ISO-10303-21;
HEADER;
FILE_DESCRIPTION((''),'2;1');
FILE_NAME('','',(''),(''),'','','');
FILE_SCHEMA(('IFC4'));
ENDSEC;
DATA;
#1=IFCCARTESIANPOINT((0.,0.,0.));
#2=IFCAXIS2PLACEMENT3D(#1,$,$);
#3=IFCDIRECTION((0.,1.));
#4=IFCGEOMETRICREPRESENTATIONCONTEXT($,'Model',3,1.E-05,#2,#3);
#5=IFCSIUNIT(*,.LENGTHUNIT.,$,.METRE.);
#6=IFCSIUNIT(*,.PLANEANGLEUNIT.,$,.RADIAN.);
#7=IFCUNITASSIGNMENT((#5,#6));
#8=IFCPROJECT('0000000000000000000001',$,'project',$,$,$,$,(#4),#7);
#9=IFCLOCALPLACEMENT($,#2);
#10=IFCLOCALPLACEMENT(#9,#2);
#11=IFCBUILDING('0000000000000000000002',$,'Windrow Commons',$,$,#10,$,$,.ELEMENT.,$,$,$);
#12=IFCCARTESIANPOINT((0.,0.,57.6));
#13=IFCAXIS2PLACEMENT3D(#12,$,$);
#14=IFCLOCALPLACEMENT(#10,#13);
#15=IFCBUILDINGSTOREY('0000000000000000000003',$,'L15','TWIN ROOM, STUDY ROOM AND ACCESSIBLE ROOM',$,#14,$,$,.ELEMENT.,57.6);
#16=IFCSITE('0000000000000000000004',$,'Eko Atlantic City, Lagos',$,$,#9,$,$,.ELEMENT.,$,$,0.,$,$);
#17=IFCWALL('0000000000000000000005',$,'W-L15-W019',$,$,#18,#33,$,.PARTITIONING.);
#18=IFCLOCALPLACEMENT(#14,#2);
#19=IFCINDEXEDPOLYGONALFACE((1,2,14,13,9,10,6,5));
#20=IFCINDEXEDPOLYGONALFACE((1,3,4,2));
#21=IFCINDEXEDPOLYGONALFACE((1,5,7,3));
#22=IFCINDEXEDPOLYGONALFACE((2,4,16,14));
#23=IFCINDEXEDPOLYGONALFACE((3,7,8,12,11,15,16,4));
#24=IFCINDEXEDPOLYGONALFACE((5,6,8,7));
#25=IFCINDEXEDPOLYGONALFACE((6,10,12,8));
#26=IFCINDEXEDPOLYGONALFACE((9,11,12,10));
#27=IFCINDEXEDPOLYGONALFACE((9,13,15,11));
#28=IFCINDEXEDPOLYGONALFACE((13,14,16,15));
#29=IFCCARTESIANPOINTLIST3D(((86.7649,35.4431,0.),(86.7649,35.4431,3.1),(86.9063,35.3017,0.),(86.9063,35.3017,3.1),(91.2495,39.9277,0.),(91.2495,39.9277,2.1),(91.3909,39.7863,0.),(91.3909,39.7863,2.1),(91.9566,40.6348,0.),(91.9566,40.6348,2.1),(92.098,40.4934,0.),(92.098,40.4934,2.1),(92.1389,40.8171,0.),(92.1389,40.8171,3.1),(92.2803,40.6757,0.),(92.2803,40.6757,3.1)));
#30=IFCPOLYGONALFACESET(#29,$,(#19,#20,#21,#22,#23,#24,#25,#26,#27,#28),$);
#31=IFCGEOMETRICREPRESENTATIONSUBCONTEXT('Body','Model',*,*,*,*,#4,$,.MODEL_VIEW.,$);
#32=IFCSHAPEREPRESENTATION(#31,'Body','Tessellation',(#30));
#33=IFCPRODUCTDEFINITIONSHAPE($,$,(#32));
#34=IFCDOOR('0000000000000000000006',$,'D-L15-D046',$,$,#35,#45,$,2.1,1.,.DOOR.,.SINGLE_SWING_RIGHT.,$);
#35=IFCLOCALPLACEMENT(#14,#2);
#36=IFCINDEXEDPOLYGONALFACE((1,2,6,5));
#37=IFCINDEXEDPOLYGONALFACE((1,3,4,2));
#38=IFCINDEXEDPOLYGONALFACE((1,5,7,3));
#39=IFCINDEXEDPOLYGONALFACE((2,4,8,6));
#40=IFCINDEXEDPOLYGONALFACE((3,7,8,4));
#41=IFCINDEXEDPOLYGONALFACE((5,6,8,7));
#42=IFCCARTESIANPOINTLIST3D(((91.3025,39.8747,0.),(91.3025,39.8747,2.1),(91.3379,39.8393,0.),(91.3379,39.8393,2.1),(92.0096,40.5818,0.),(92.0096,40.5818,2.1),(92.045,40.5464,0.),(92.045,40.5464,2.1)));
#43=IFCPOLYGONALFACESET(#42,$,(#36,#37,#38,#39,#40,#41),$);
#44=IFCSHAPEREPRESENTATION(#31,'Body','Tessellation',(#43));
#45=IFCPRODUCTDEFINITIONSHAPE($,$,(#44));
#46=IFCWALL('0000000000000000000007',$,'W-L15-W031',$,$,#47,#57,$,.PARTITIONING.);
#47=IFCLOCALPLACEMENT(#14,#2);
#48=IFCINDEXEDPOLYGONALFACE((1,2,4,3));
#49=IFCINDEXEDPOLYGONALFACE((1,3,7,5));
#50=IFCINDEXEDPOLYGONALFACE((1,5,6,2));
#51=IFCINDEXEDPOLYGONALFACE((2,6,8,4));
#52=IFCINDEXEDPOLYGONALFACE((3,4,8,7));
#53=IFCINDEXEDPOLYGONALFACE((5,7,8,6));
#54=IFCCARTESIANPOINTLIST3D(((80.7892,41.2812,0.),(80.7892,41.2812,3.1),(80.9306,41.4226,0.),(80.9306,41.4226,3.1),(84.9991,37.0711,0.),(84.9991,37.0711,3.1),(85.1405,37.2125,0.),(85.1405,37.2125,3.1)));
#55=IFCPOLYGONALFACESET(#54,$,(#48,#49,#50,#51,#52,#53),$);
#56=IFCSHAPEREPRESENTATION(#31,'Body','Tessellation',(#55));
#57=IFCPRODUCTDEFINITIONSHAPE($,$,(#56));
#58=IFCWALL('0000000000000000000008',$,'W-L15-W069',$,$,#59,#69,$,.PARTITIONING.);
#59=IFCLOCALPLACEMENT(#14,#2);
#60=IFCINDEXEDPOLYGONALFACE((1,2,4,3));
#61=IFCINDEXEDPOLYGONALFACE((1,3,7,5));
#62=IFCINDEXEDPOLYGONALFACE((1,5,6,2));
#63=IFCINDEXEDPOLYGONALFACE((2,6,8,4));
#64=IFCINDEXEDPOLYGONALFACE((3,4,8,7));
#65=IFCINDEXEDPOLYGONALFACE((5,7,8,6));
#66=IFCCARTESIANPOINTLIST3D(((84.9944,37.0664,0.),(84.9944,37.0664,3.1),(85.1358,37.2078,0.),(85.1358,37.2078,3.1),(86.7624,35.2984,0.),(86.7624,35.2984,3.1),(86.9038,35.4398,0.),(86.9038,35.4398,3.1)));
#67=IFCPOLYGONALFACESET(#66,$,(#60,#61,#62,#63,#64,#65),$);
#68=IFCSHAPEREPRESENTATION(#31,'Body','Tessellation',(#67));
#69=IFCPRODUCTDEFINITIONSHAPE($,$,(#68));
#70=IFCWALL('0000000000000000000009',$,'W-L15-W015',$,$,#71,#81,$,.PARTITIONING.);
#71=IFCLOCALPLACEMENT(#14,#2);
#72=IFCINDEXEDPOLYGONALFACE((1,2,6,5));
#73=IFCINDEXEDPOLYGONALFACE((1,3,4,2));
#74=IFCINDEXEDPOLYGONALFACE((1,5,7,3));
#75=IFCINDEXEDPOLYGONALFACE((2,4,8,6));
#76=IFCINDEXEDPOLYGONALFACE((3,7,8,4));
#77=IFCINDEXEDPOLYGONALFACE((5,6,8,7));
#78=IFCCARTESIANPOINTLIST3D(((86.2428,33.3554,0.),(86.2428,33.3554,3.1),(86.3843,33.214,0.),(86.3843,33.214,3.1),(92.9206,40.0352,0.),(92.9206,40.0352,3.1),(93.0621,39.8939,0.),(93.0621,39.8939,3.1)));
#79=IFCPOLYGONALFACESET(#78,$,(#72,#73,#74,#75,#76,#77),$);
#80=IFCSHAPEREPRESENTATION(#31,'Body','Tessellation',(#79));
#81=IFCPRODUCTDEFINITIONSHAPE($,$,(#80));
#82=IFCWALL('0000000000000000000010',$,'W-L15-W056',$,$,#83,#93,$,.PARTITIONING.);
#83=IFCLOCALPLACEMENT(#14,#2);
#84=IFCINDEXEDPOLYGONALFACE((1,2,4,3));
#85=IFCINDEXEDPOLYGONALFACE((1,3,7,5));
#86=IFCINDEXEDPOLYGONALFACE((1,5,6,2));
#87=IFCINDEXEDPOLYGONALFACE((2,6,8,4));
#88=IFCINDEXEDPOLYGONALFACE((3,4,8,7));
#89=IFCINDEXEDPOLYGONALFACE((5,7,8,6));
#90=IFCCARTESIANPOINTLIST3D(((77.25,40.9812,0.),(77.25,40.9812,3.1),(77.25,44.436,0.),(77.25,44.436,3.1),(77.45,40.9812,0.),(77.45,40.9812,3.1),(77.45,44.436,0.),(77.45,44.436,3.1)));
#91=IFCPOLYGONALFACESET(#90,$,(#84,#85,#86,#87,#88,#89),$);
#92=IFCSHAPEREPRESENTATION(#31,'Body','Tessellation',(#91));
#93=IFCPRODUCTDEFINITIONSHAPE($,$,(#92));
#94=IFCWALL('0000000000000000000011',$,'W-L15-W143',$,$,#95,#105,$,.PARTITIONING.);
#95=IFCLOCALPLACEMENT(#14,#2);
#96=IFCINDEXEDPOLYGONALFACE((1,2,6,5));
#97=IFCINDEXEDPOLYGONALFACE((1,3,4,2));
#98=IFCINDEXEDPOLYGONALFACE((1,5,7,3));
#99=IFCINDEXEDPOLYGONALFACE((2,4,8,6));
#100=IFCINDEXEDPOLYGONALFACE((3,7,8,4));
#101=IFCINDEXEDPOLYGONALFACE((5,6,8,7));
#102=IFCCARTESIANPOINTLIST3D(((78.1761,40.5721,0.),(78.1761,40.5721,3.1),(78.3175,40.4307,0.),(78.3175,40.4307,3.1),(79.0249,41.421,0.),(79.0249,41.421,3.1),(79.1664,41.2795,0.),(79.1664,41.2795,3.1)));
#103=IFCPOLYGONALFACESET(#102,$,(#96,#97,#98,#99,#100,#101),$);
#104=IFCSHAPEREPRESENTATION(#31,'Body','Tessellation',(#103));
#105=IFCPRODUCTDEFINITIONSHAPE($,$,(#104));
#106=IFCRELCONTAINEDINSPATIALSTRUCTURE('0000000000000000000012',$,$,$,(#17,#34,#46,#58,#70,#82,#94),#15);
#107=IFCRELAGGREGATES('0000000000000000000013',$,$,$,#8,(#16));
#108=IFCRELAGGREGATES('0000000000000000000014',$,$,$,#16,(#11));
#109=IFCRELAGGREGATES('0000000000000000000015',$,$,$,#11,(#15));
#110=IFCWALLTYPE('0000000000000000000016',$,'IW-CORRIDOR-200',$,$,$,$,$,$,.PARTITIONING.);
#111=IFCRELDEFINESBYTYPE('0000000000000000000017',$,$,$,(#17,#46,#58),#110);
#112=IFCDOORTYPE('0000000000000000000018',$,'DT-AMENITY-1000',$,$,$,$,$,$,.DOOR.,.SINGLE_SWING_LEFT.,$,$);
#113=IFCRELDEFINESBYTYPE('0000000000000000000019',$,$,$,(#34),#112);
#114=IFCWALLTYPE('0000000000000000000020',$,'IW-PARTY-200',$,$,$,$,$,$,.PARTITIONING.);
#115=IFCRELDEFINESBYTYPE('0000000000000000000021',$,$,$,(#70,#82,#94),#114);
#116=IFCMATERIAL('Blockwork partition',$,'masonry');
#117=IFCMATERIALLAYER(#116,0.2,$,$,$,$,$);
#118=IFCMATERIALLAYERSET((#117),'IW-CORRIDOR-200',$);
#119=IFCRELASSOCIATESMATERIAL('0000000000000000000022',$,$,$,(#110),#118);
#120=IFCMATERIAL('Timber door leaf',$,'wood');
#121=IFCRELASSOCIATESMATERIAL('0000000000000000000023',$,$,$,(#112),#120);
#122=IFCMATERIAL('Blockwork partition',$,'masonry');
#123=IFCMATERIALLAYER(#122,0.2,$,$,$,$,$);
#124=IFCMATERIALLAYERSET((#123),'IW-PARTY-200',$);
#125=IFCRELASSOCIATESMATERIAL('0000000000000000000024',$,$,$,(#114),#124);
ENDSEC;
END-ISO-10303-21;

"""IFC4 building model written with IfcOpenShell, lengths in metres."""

from ifc_helpers import new_model, si_unit, direction, frame, frame_2d, origin, place, context, subcontext, project, spatial, rectangle, extrude, material, layer, layer_set, type_object, element, fill, save


model = new_model("IFC4")

# Units and contexts
model_context = context("Model", 3, precision=1e-05, world=origin(), true_north=direction((0.0, 1.0)))
body_context = subcontext(model_context, "Body", "Model", "MODEL_VIEW")
ifc_project = project(units=[si_unit("LENGTHUNIT", "METRE"), si_unit("PLANEANGLEUNIT", "RADIAN")], contexts=[model_context])

# Site, building, storey
site_placement = place(None, origin())
site = spatial("IfcSite", under=ifc_project, at=site_placement, Name="Eko Atlantic City, Lagos", CompositionType="ELEMENT", RefElevation=0.0)
building_placement = place(site_placement, origin())
building = spatial("IfcBuilding", under=site, at=building_placement, Name="Windrow Commons", CompositionType="ELEMENT")
storey_placement = place(building_placement, frame((0.0, 0.0, 57.6)))
storey = spatial("IfcBuildingStorey", under=building, at=storey_placement, Name="L15", Description="TWIN ROOM, STUDY ROOM AND ACCESSIBLE ROOM", CompositionType="ELEMENT", Elevation=57.6)

# Wall, opening, door
ifc_material_1 = material(Name="Blockwork partition", Category="masonry")
ifc_layer_1 = layer(ifc_material_1, 0.2)
ifc_layer_set_1 = layer_set([ifc_layer_1], Name="IW-CORRIDOR-200")
wall_type_1 = type_object("IfcWallType", Name="IW-CORRIDOR-200", PredefinedType="PARTITIONING", material=ifc_layer_set_1)
wall_1_placement = place(storey_placement, frame((86.8356, 35.3724, 0.0), z_axis=(0.0, 0.0, 1.0), x_axis=(0.707107, 0.707107, 0.0)))
wall_1 = element("IfcWall", 1, at=wall_1_placement, inside=storey, type_object=wall_type_1, Name="W-L15-W019", PredefinedType="PARTITIONING", context=body_context, shape_type="SweptSolid", body=[
    extrude(rectangle(XDim=7.6, YDim=0.2, at=frame_2d((3.8, 0.0))), origin(), (0.0, 0.0, 1.0), 3.1),
])
opening_1_placement = place(wall_1_placement, frame((6.3422, 0.0, 0.0)))
opening_1 = element("IfcOpeningElement", 2, at=opening_1_placement, cuts=wall_1, PredefinedType="OPENING", context=body_context, shape_type="SweptSolid", body=[
    extrude(rectangle(XDim=1.0, YDim=2.1, at=frame_2d((0.5, 1.05))), frame((0.0, 0.11, 0.0), z_axis=(0.0, -1.0, 0.0), x_axis=(1.0, 0.0, 0.0)), (0.0, 0.0, 1.0), 0.22),
])
ifc_material_2 = material(Name="Timber door leaf", Category="wood")
door_type = type_object("IfcDoorType", Name="DT-AMENITY-1000", OperationType="SINGLE_SWING_LEFT", PredefinedType="DOOR", material=ifc_material_2)
door_placement = place(opening_1_placement, origin())
door = element("IfcDoor", 3, at=door_placement, inside=storey, type_object=door_type, Name="D-L15-D046", OperationType="SINGLE_SWING_RIGHT", OverallHeight=2.1, OverallWidth=1.0, PredefinedType="DOOR", context=body_context, shape_type="SweptSolid", body=[
    extrude(rectangle(XDim=1.0, YDim=2.1, at=frame_2d((0.5, 1.05))), frame((0.0, 0.025, 0.0), z_axis=(0.0, -1.0, 0.0), x_axis=(1.0, 0.0, 0.0)), (0.0, 0.0, 1.0), 0.05),
])
fill(opening_1, door)

# Walls
wall_2_placement = place(storey_placement, frame((85.0698, 37.1418, 0.0), z_axis=(0.0, 0.0, 1.0), x_axis=(-0.70709, 0.707124, 0.0)))
element("IfcWall", 4, at=wall_2_placement, inside=storey, type_object=wall_type_1, Name="W-L15-W031", PredefinedType="PARTITIONING", context=body_context, shape_type="SweptSolid", body=[
    extrude(rectangle(XDim=5.9538, YDim=0.2, at=frame_2d((2.9769, 0.0))), origin(), (0.0, 0.0, 1.0), 3.1),
])
wall_3_placement = place(storey_placement, frame((85.0651, 37.1371, 0.0), z_axis=(0.0, 0.0, 1.0), x_axis=(0.707107, -0.707107, 0.0)))
element("IfcWall", 5, at=wall_3_placement, inside=storey, type_object=wall_type_1, Name="W-L15-W069", PredefinedType="PARTITIONING", context=body_context, shape_type="SweptSolid", body=[
    extrude(rectangle(XDim=2.5003, YDim=0.2, at=frame_2d((1.2502, 0.0))), origin(), (0.0, 0.0, 1.0), 3.1),
])
ifc_material_3 = material(Name="Blockwork partition", Category="masonry")
ifc_layer_2 = layer(ifc_material_3, 0.2)
ifc_layer_set_2 = layer_set([ifc_layer_2], Name="IW-PARTY-200")
wall_type_2 = type_object("IfcWallType", Name="IW-PARTY-200", PredefinedType="PARTITIONING", material=ifc_layer_set_2)
wall_4_placement = place(storey_placement, frame((86.3136, 33.2847, 0.0), z_axis=(0.0, 0.0, 1.0), x_axis=(0.706996, 0.707218, 0.0)))
element("IfcWall", 6, at=wall_4_placement, inside=storey, type_object=wall_type_2, Name="W-L15-W015", PredefinedType="PARTITIONING", context=body_context, shape_type="SweptSolid", body=[
    extrude(rectangle(XDim=9.4453, YDim=0.2, at=frame_2d((4.7226, 0.0))), origin(), (0.0, 0.0, 1.0), 3.1),
])
wall_5_placement = place(storey_placement, frame((77.35, 40.9812, 0.0), z_axis=(0.0, 0.0, 1.0), x_axis=(0.0, 1.0, 0.0)))
element("IfcWall", 7, at=wall_5_placement, inside=storey, type_object=wall_type_2, Name="W-L15-W056", PredefinedType="PARTITIONING", context=body_context, shape_type="SweptSolid", body=[
    extrude(rectangle(XDim=3.4548, YDim=0.2, at=frame_2d((1.7274, 0.0))), origin(), (0.0, 0.0, 1.0), 3.1),
])
wall_6_placement = place(storey_placement, frame((78.2468, 40.5014, 0.0), z_axis=(0.0, 0.0, 1.0), x_axis=(0.707107, 0.707107, 0.0)))
element("IfcWall", 8, at=wall_6_placement, inside=storey, type_object=wall_type_2, Name="W-L15-W143", PredefinedType="PARTITIONING", context=body_context, shape_type="SweptSolid", body=[
    extrude(rectangle(XDim=1.2005, YDim=0.2, at=frame_2d((0.6002, 0.0))), origin(), (0.0, 0.0, 1.0), 3.1),
])

save(model, "model.ifc")
